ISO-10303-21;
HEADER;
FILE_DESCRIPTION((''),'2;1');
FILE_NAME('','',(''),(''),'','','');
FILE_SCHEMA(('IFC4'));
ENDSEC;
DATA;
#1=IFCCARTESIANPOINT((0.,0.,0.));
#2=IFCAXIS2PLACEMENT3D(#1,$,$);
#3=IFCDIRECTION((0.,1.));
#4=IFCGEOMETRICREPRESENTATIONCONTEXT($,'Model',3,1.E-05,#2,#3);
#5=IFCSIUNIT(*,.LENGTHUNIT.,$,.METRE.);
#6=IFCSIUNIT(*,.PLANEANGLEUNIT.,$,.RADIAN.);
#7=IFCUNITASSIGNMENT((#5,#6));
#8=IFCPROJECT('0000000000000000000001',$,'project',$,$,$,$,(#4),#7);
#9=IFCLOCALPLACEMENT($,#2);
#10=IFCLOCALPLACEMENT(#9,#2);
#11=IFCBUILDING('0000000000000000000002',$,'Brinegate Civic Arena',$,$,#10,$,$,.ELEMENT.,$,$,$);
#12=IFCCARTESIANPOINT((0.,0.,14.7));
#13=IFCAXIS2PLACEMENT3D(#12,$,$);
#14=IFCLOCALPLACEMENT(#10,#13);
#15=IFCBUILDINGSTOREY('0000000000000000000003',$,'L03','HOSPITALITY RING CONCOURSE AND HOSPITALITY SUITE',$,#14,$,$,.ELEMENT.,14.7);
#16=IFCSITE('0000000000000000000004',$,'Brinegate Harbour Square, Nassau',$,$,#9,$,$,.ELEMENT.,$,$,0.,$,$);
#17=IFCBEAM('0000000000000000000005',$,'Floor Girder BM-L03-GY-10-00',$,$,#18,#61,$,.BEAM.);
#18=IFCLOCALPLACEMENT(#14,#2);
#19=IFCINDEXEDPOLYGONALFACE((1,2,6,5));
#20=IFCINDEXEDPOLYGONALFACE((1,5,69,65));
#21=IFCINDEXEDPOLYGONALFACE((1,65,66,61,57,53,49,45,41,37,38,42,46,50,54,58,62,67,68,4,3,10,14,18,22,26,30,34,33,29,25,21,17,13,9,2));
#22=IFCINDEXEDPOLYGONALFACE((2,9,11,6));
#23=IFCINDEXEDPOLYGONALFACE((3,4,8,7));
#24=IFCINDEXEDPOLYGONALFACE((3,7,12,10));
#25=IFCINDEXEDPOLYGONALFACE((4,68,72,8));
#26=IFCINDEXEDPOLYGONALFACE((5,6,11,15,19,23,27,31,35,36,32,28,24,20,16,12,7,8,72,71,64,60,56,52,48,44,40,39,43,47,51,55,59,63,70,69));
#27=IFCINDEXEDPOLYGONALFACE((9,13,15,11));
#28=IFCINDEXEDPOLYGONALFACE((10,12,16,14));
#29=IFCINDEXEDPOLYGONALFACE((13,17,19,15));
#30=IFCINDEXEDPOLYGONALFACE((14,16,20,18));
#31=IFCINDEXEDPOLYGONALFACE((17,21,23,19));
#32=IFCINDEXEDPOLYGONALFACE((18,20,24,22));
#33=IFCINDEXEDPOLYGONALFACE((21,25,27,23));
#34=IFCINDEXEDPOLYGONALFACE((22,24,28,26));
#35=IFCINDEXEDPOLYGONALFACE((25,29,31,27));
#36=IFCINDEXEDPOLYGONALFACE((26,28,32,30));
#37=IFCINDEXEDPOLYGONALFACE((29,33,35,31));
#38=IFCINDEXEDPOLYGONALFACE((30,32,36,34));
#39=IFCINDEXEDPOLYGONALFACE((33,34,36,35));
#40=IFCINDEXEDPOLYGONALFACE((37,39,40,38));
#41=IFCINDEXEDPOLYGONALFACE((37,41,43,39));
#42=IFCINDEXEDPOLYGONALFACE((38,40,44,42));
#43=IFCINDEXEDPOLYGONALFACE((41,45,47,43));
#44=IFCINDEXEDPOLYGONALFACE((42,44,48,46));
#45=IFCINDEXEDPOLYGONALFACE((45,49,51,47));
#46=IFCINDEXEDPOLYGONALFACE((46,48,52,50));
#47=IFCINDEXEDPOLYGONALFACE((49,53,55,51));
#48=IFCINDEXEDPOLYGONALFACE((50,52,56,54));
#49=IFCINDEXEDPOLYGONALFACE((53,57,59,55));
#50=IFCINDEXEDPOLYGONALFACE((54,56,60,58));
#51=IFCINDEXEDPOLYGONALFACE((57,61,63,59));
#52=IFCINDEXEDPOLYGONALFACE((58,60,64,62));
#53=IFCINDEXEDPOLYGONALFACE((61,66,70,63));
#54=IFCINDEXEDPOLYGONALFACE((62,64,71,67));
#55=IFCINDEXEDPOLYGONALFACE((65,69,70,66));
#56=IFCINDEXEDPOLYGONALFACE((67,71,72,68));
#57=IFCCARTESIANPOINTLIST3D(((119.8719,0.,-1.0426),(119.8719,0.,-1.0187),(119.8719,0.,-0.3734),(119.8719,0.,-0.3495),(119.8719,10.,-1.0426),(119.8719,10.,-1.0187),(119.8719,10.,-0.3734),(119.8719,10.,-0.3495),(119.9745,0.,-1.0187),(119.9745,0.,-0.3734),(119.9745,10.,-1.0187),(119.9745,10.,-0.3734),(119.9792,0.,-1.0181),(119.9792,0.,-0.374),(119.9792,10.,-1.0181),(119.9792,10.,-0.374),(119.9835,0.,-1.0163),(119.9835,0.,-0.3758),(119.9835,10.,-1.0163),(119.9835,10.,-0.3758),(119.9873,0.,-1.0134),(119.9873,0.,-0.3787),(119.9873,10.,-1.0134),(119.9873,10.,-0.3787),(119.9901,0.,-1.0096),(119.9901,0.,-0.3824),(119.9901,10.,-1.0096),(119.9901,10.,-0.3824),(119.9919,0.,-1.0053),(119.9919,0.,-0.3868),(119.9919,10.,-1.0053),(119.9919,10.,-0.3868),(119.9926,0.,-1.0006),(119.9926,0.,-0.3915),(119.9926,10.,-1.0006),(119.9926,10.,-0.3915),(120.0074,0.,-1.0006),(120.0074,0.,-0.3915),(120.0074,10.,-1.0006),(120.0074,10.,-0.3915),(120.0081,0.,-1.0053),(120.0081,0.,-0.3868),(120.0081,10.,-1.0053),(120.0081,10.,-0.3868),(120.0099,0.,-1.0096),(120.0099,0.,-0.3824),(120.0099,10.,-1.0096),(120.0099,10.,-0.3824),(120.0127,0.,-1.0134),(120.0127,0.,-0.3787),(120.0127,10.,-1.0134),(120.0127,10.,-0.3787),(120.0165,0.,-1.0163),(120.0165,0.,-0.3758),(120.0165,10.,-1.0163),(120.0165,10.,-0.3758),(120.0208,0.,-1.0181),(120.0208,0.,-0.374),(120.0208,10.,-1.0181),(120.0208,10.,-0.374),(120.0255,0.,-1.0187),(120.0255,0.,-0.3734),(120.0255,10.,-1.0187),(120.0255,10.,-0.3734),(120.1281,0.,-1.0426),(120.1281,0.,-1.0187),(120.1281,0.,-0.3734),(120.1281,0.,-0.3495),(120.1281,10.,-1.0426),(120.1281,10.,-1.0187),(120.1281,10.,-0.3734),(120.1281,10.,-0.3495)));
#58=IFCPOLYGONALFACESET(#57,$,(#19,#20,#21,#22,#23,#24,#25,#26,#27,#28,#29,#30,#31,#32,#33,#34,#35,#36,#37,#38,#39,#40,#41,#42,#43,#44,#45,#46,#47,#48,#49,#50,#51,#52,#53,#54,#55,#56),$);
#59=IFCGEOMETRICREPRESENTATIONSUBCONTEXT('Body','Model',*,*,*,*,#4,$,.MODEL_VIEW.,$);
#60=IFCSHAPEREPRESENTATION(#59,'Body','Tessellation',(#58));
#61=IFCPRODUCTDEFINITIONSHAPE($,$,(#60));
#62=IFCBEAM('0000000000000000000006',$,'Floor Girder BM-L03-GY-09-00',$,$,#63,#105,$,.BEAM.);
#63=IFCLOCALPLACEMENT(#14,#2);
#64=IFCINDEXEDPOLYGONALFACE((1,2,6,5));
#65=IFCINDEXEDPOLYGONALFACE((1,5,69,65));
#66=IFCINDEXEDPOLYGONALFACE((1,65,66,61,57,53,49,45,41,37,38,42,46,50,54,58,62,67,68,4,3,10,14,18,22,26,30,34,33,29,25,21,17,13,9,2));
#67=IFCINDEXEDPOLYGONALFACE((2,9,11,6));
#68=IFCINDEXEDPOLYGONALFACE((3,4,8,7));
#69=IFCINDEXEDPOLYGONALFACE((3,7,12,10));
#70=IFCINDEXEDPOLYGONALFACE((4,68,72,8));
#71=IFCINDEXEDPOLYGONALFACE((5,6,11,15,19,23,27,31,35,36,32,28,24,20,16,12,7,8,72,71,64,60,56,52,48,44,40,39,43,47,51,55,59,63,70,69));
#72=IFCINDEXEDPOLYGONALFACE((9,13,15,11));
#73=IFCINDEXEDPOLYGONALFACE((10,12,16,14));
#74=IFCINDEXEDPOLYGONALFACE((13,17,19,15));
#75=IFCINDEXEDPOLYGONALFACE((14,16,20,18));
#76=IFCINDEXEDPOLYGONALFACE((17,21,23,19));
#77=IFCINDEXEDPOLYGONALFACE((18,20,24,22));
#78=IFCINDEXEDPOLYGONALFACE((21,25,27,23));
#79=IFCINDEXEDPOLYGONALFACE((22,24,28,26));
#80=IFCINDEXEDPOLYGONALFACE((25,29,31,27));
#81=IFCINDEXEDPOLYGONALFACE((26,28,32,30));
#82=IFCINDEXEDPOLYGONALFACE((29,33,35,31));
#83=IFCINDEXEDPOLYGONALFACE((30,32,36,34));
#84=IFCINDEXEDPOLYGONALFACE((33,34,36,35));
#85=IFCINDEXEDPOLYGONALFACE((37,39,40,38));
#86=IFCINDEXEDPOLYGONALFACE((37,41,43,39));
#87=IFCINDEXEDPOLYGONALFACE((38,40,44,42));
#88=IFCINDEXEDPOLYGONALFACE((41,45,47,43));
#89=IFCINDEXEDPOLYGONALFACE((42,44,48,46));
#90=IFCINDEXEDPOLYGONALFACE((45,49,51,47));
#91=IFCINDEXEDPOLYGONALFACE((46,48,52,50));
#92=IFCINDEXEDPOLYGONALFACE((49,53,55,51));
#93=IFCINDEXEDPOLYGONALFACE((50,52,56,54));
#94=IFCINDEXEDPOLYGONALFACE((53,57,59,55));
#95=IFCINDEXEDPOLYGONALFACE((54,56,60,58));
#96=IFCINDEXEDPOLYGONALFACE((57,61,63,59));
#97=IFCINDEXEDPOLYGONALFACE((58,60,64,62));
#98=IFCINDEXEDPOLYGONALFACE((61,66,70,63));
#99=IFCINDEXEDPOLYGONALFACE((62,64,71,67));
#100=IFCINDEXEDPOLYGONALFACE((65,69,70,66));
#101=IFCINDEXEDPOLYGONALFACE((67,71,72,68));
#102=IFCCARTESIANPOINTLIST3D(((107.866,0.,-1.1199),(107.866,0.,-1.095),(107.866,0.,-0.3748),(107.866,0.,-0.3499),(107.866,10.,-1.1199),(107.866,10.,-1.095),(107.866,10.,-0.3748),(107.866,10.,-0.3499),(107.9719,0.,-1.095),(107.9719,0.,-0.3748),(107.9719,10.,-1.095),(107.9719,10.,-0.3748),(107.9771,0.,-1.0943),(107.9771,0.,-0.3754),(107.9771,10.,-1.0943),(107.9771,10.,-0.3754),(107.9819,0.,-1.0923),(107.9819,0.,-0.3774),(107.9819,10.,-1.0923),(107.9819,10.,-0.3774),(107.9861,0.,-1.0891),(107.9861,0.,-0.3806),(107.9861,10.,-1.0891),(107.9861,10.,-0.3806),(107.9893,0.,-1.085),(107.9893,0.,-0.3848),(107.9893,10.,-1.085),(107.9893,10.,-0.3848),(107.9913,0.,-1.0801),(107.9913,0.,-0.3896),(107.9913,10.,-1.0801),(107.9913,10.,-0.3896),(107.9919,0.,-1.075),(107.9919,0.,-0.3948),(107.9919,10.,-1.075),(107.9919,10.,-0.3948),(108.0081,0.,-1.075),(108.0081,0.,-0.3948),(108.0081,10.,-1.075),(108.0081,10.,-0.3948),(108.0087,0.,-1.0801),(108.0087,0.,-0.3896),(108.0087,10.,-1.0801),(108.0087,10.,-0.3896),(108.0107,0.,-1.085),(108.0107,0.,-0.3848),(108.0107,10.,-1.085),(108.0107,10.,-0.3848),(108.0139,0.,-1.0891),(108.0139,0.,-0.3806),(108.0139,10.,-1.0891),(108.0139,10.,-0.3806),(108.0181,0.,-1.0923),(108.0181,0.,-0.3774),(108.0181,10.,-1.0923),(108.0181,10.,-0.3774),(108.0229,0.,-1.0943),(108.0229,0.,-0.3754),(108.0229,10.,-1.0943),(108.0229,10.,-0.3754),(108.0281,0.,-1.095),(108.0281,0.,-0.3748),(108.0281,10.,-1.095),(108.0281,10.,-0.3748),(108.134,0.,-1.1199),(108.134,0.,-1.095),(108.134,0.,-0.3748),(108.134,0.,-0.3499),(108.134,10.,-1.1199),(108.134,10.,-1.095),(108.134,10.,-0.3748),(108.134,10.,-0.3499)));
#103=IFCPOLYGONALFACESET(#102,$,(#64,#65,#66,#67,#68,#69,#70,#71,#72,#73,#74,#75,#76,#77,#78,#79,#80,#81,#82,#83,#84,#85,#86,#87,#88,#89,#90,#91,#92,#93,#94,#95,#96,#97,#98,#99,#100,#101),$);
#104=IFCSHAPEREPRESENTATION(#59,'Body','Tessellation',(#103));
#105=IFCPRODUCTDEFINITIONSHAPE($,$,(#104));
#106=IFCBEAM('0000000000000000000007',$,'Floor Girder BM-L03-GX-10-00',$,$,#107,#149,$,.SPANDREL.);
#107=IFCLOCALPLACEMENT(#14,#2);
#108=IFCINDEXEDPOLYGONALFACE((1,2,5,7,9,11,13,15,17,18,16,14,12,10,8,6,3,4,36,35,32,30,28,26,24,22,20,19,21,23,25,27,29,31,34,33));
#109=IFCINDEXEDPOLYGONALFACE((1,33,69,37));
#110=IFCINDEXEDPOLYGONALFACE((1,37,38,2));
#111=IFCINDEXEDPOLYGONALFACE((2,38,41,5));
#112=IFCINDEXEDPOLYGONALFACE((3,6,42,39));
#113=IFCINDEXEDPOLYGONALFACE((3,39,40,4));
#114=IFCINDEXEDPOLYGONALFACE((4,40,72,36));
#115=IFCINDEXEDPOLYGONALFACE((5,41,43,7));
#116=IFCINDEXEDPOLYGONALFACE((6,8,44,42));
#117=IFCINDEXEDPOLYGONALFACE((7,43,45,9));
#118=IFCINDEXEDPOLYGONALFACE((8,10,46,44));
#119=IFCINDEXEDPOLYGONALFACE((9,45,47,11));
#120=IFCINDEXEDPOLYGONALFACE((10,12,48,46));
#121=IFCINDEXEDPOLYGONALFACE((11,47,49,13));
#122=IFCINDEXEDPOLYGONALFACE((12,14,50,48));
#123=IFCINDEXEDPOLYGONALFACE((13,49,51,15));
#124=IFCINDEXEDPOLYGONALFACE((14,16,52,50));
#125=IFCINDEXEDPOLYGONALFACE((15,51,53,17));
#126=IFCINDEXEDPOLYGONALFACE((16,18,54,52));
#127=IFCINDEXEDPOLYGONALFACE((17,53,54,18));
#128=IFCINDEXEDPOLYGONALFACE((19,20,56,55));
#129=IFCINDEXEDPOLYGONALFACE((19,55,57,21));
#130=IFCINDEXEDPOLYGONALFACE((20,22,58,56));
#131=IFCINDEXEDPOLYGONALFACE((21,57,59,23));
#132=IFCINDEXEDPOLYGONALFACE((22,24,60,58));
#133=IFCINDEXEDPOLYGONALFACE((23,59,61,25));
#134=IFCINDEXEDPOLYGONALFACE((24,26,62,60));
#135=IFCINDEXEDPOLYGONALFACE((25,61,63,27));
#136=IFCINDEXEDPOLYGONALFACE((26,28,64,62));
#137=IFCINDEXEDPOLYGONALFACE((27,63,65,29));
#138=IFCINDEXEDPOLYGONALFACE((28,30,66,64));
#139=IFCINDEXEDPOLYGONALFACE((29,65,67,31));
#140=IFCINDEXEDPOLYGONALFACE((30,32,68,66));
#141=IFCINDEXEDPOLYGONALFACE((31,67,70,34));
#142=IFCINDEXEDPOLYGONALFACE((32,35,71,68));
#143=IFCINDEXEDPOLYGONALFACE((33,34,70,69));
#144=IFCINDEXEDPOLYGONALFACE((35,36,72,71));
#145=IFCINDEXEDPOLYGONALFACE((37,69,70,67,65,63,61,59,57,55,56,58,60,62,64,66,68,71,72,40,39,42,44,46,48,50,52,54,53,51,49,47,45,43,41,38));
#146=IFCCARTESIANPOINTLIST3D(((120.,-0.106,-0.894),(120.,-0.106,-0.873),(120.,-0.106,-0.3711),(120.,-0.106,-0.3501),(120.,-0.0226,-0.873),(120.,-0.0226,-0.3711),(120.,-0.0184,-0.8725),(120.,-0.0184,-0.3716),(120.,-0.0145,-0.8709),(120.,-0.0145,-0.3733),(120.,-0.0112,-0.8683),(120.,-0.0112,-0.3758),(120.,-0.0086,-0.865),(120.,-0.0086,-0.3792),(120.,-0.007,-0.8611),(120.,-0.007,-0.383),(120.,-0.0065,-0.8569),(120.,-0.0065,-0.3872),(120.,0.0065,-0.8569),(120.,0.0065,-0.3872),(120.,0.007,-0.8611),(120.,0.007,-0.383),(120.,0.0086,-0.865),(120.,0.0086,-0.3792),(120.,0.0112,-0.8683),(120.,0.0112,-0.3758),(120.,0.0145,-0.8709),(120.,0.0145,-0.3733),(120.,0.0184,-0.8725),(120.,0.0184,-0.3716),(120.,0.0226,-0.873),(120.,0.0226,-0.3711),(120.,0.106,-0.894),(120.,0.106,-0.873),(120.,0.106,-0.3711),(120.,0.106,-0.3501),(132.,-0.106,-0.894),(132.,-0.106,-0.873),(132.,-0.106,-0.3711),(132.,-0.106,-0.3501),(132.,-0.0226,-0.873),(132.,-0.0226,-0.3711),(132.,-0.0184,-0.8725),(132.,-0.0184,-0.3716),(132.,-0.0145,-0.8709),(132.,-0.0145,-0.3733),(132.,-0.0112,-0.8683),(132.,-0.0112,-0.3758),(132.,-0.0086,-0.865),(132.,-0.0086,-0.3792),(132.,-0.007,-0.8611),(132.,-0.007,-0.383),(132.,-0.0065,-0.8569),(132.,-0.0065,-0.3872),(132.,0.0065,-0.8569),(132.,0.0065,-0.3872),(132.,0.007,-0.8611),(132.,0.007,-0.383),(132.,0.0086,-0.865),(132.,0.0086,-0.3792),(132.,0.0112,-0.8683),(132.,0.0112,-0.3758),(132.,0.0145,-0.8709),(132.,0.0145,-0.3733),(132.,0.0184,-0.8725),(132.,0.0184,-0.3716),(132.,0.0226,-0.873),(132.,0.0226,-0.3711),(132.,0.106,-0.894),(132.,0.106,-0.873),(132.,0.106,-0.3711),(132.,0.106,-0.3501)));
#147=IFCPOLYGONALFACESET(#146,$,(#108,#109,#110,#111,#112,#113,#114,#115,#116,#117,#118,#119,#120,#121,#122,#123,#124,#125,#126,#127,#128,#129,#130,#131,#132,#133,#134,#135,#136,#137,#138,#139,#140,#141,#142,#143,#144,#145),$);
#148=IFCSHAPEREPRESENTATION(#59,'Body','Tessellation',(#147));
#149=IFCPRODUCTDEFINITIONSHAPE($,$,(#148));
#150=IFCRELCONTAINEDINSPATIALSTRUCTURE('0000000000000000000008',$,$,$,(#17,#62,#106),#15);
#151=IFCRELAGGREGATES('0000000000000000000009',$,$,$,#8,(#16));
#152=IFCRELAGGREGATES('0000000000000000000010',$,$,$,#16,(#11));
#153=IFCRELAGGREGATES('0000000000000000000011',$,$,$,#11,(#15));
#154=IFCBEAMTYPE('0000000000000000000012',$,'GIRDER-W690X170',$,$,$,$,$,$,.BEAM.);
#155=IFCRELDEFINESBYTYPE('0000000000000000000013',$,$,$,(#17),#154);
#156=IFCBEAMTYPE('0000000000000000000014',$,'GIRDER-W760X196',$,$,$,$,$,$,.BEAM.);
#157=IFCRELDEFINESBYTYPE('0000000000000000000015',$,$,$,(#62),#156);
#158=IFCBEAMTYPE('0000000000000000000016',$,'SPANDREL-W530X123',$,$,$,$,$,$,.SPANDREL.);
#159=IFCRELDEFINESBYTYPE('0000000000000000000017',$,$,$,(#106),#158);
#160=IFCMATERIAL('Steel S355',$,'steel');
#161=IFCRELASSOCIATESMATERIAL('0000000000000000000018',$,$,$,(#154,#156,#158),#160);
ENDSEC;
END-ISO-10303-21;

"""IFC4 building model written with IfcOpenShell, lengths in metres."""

from ifc_helpers import new_model, si_unit, direction, frame, origin, origin_2d, place, context, subcontext, project, spatial, i_section, extrude, material, material_profile, profile_set, type_object, element, save


model = new_model("IFC4")

# Units and contexts
model_context = context("Model", 3, precision=1e-05, world=origin(), true_north=direction((0.0, 1.0)))
body_context = subcontext(model_context, "Body", "Model", "MODEL_VIEW")
ifc_project = project(units=[si_unit("LENGTHUNIT", "METRE"), si_unit("PLANEANGLEUNIT", "RADIAN")], contexts=[model_context])

# Site, building, storey
site_placement = place(None, origin())
site = spatial("IfcSite", under=ifc_project, at=site_placement, Name="Brinegate Harbour Square, Nassau", CompositionType="ELEMENT", RefElevation=0.0)
building_placement = place(site_placement, origin())
building = spatial("IfcBuilding", under=site, at=building_placement, Name="Brinegate Civic Arena", CompositionType="ELEMENT")
storey_placement = place(building_placement, frame((0.0, 0.0, 14.7)))
storey = spatial("IfcBuildingStorey", under=building, at=storey_placement, Name="L03", Description="HOSPITALITY RING CONCOURSE AND HOSPITALITY SUITE", CompositionType="ELEMENT", Elevation=14.7)

# Beams
ifc_material_1 = material(Name="Steel S355", Category="steel")
ifc_material_profile_1 = material_profile(ifc_material_1, i_section(OverallWidth=0.2561, OverallDepth=0.6931, WebThickness=0.0149, FlangeThickness=0.0239, FilletRadius=0.0181, at=origin_2d()), Name="W690X170")
ifc_profile_set_1 = profile_set([ifc_material_profile_1], Name="Steel S355")
beam_type_1 = type_object("IfcBeamType", Name="GIRDER-W690X170", PredefinedType="BEAM", material=ifc_profile_set_1)
beam_1_placement = place(storey_placement, frame((120.0, 0.0, -0.696), z_axis=(0.0, 1.0, 0.0), x_axis=(-1.0, 0.0, 0.0)))
element("IfcBeam", 1, at=beam_1_placement, inside=storey, type_object=beam_type_1, Name="Floor Girder BM-L03-GY-10-00", PredefinedType="BEAM", context=body_context, shape_type="SweptSolid", body=[
    extrude(i_section(OverallWidth=0.2561, OverallDepth=0.6931, WebThickness=0.0149, FlangeThickness=0.0239, FilletRadius=0.0181, at=origin_2d()), origin(), (0.0, 0.0, 1.0), 10.0),
])
ifc_material_profile_2 = material_profile(ifc_material_1, i_section(OverallWidth=0.2681, OverallDepth=0.77, WebThickness=0.0161, FlangeThickness=0.0249, FilletRadius=0.02, at=origin_2d()), Name="W760X196")
ifc_profile_set_2 = profile_set([ifc_material_profile_2], Name="Steel S355")
beam_type_2 = type_object("IfcBeamType", Name="GIRDER-W760X196", PredefinedType="BEAM", material=ifc_profile_set_2)
beam_2_placement = place(storey_placement, frame((108.0, 0.0, -0.7349), z_axis=(0.0, 1.0, 0.0), x_axis=(-1.0, 0.0, 0.0)))
element("IfcBeam", 2, at=beam_2_placement, inside=storey, type_object=beam_type_2, Name="Floor Girder BM-L03-GY-09-00", PredefinedType="BEAM", context=body_context, shape_type="SweptSolid", body=[
    extrude(i_section(OverallWidth=0.2681, OverallDepth=0.77, WebThickness=0.0161, FlangeThickness=0.0249, FilletRadius=0.02, at=origin_2d()), origin(), (0.0, 0.0, 1.0), 10.0),
])
ifc_material_profile_3 = material_profile(ifc_material_1, i_section(OverallWidth=0.2119, OverallDepth=0.5439, WebThickness=0.0129, FlangeThickness=0.021, FilletRadius=0.0161, at=origin_2d()), Name="W530X123")
ifc_profile_set_3 = profile_set([ifc_material_profile_3], Name="Steel S355")
beam_type_3 = type_object("IfcBeamType", Name="SPANDREL-W530X123", PredefinedType="SPANDREL", material=ifc_profile_set_3)
beam_3_placement = place(storey_placement, frame((120.0, 0.0, -0.6221), z_axis=(1.0, 0.0, 0.0), x_axis=(0.0, 1.0, 0.0)))
element("IfcBeam", 3, at=beam_3_placement, inside=storey, type_object=beam_type_3, Name="Floor Girder BM-L03-GX-10-00", PredefinedType="SPANDREL", context=body_context, shape_type="SweptSolid", body=[
    extrude(i_section(OverallWidth=0.2119, OverallDepth=0.5439, WebThickness=0.0129, FlangeThickness=0.021, FilletRadius=0.0161, at=origin_2d()), origin(), (0.0, 0.0, 1.0), 12.0),
])

save(model, "model.ifc")
